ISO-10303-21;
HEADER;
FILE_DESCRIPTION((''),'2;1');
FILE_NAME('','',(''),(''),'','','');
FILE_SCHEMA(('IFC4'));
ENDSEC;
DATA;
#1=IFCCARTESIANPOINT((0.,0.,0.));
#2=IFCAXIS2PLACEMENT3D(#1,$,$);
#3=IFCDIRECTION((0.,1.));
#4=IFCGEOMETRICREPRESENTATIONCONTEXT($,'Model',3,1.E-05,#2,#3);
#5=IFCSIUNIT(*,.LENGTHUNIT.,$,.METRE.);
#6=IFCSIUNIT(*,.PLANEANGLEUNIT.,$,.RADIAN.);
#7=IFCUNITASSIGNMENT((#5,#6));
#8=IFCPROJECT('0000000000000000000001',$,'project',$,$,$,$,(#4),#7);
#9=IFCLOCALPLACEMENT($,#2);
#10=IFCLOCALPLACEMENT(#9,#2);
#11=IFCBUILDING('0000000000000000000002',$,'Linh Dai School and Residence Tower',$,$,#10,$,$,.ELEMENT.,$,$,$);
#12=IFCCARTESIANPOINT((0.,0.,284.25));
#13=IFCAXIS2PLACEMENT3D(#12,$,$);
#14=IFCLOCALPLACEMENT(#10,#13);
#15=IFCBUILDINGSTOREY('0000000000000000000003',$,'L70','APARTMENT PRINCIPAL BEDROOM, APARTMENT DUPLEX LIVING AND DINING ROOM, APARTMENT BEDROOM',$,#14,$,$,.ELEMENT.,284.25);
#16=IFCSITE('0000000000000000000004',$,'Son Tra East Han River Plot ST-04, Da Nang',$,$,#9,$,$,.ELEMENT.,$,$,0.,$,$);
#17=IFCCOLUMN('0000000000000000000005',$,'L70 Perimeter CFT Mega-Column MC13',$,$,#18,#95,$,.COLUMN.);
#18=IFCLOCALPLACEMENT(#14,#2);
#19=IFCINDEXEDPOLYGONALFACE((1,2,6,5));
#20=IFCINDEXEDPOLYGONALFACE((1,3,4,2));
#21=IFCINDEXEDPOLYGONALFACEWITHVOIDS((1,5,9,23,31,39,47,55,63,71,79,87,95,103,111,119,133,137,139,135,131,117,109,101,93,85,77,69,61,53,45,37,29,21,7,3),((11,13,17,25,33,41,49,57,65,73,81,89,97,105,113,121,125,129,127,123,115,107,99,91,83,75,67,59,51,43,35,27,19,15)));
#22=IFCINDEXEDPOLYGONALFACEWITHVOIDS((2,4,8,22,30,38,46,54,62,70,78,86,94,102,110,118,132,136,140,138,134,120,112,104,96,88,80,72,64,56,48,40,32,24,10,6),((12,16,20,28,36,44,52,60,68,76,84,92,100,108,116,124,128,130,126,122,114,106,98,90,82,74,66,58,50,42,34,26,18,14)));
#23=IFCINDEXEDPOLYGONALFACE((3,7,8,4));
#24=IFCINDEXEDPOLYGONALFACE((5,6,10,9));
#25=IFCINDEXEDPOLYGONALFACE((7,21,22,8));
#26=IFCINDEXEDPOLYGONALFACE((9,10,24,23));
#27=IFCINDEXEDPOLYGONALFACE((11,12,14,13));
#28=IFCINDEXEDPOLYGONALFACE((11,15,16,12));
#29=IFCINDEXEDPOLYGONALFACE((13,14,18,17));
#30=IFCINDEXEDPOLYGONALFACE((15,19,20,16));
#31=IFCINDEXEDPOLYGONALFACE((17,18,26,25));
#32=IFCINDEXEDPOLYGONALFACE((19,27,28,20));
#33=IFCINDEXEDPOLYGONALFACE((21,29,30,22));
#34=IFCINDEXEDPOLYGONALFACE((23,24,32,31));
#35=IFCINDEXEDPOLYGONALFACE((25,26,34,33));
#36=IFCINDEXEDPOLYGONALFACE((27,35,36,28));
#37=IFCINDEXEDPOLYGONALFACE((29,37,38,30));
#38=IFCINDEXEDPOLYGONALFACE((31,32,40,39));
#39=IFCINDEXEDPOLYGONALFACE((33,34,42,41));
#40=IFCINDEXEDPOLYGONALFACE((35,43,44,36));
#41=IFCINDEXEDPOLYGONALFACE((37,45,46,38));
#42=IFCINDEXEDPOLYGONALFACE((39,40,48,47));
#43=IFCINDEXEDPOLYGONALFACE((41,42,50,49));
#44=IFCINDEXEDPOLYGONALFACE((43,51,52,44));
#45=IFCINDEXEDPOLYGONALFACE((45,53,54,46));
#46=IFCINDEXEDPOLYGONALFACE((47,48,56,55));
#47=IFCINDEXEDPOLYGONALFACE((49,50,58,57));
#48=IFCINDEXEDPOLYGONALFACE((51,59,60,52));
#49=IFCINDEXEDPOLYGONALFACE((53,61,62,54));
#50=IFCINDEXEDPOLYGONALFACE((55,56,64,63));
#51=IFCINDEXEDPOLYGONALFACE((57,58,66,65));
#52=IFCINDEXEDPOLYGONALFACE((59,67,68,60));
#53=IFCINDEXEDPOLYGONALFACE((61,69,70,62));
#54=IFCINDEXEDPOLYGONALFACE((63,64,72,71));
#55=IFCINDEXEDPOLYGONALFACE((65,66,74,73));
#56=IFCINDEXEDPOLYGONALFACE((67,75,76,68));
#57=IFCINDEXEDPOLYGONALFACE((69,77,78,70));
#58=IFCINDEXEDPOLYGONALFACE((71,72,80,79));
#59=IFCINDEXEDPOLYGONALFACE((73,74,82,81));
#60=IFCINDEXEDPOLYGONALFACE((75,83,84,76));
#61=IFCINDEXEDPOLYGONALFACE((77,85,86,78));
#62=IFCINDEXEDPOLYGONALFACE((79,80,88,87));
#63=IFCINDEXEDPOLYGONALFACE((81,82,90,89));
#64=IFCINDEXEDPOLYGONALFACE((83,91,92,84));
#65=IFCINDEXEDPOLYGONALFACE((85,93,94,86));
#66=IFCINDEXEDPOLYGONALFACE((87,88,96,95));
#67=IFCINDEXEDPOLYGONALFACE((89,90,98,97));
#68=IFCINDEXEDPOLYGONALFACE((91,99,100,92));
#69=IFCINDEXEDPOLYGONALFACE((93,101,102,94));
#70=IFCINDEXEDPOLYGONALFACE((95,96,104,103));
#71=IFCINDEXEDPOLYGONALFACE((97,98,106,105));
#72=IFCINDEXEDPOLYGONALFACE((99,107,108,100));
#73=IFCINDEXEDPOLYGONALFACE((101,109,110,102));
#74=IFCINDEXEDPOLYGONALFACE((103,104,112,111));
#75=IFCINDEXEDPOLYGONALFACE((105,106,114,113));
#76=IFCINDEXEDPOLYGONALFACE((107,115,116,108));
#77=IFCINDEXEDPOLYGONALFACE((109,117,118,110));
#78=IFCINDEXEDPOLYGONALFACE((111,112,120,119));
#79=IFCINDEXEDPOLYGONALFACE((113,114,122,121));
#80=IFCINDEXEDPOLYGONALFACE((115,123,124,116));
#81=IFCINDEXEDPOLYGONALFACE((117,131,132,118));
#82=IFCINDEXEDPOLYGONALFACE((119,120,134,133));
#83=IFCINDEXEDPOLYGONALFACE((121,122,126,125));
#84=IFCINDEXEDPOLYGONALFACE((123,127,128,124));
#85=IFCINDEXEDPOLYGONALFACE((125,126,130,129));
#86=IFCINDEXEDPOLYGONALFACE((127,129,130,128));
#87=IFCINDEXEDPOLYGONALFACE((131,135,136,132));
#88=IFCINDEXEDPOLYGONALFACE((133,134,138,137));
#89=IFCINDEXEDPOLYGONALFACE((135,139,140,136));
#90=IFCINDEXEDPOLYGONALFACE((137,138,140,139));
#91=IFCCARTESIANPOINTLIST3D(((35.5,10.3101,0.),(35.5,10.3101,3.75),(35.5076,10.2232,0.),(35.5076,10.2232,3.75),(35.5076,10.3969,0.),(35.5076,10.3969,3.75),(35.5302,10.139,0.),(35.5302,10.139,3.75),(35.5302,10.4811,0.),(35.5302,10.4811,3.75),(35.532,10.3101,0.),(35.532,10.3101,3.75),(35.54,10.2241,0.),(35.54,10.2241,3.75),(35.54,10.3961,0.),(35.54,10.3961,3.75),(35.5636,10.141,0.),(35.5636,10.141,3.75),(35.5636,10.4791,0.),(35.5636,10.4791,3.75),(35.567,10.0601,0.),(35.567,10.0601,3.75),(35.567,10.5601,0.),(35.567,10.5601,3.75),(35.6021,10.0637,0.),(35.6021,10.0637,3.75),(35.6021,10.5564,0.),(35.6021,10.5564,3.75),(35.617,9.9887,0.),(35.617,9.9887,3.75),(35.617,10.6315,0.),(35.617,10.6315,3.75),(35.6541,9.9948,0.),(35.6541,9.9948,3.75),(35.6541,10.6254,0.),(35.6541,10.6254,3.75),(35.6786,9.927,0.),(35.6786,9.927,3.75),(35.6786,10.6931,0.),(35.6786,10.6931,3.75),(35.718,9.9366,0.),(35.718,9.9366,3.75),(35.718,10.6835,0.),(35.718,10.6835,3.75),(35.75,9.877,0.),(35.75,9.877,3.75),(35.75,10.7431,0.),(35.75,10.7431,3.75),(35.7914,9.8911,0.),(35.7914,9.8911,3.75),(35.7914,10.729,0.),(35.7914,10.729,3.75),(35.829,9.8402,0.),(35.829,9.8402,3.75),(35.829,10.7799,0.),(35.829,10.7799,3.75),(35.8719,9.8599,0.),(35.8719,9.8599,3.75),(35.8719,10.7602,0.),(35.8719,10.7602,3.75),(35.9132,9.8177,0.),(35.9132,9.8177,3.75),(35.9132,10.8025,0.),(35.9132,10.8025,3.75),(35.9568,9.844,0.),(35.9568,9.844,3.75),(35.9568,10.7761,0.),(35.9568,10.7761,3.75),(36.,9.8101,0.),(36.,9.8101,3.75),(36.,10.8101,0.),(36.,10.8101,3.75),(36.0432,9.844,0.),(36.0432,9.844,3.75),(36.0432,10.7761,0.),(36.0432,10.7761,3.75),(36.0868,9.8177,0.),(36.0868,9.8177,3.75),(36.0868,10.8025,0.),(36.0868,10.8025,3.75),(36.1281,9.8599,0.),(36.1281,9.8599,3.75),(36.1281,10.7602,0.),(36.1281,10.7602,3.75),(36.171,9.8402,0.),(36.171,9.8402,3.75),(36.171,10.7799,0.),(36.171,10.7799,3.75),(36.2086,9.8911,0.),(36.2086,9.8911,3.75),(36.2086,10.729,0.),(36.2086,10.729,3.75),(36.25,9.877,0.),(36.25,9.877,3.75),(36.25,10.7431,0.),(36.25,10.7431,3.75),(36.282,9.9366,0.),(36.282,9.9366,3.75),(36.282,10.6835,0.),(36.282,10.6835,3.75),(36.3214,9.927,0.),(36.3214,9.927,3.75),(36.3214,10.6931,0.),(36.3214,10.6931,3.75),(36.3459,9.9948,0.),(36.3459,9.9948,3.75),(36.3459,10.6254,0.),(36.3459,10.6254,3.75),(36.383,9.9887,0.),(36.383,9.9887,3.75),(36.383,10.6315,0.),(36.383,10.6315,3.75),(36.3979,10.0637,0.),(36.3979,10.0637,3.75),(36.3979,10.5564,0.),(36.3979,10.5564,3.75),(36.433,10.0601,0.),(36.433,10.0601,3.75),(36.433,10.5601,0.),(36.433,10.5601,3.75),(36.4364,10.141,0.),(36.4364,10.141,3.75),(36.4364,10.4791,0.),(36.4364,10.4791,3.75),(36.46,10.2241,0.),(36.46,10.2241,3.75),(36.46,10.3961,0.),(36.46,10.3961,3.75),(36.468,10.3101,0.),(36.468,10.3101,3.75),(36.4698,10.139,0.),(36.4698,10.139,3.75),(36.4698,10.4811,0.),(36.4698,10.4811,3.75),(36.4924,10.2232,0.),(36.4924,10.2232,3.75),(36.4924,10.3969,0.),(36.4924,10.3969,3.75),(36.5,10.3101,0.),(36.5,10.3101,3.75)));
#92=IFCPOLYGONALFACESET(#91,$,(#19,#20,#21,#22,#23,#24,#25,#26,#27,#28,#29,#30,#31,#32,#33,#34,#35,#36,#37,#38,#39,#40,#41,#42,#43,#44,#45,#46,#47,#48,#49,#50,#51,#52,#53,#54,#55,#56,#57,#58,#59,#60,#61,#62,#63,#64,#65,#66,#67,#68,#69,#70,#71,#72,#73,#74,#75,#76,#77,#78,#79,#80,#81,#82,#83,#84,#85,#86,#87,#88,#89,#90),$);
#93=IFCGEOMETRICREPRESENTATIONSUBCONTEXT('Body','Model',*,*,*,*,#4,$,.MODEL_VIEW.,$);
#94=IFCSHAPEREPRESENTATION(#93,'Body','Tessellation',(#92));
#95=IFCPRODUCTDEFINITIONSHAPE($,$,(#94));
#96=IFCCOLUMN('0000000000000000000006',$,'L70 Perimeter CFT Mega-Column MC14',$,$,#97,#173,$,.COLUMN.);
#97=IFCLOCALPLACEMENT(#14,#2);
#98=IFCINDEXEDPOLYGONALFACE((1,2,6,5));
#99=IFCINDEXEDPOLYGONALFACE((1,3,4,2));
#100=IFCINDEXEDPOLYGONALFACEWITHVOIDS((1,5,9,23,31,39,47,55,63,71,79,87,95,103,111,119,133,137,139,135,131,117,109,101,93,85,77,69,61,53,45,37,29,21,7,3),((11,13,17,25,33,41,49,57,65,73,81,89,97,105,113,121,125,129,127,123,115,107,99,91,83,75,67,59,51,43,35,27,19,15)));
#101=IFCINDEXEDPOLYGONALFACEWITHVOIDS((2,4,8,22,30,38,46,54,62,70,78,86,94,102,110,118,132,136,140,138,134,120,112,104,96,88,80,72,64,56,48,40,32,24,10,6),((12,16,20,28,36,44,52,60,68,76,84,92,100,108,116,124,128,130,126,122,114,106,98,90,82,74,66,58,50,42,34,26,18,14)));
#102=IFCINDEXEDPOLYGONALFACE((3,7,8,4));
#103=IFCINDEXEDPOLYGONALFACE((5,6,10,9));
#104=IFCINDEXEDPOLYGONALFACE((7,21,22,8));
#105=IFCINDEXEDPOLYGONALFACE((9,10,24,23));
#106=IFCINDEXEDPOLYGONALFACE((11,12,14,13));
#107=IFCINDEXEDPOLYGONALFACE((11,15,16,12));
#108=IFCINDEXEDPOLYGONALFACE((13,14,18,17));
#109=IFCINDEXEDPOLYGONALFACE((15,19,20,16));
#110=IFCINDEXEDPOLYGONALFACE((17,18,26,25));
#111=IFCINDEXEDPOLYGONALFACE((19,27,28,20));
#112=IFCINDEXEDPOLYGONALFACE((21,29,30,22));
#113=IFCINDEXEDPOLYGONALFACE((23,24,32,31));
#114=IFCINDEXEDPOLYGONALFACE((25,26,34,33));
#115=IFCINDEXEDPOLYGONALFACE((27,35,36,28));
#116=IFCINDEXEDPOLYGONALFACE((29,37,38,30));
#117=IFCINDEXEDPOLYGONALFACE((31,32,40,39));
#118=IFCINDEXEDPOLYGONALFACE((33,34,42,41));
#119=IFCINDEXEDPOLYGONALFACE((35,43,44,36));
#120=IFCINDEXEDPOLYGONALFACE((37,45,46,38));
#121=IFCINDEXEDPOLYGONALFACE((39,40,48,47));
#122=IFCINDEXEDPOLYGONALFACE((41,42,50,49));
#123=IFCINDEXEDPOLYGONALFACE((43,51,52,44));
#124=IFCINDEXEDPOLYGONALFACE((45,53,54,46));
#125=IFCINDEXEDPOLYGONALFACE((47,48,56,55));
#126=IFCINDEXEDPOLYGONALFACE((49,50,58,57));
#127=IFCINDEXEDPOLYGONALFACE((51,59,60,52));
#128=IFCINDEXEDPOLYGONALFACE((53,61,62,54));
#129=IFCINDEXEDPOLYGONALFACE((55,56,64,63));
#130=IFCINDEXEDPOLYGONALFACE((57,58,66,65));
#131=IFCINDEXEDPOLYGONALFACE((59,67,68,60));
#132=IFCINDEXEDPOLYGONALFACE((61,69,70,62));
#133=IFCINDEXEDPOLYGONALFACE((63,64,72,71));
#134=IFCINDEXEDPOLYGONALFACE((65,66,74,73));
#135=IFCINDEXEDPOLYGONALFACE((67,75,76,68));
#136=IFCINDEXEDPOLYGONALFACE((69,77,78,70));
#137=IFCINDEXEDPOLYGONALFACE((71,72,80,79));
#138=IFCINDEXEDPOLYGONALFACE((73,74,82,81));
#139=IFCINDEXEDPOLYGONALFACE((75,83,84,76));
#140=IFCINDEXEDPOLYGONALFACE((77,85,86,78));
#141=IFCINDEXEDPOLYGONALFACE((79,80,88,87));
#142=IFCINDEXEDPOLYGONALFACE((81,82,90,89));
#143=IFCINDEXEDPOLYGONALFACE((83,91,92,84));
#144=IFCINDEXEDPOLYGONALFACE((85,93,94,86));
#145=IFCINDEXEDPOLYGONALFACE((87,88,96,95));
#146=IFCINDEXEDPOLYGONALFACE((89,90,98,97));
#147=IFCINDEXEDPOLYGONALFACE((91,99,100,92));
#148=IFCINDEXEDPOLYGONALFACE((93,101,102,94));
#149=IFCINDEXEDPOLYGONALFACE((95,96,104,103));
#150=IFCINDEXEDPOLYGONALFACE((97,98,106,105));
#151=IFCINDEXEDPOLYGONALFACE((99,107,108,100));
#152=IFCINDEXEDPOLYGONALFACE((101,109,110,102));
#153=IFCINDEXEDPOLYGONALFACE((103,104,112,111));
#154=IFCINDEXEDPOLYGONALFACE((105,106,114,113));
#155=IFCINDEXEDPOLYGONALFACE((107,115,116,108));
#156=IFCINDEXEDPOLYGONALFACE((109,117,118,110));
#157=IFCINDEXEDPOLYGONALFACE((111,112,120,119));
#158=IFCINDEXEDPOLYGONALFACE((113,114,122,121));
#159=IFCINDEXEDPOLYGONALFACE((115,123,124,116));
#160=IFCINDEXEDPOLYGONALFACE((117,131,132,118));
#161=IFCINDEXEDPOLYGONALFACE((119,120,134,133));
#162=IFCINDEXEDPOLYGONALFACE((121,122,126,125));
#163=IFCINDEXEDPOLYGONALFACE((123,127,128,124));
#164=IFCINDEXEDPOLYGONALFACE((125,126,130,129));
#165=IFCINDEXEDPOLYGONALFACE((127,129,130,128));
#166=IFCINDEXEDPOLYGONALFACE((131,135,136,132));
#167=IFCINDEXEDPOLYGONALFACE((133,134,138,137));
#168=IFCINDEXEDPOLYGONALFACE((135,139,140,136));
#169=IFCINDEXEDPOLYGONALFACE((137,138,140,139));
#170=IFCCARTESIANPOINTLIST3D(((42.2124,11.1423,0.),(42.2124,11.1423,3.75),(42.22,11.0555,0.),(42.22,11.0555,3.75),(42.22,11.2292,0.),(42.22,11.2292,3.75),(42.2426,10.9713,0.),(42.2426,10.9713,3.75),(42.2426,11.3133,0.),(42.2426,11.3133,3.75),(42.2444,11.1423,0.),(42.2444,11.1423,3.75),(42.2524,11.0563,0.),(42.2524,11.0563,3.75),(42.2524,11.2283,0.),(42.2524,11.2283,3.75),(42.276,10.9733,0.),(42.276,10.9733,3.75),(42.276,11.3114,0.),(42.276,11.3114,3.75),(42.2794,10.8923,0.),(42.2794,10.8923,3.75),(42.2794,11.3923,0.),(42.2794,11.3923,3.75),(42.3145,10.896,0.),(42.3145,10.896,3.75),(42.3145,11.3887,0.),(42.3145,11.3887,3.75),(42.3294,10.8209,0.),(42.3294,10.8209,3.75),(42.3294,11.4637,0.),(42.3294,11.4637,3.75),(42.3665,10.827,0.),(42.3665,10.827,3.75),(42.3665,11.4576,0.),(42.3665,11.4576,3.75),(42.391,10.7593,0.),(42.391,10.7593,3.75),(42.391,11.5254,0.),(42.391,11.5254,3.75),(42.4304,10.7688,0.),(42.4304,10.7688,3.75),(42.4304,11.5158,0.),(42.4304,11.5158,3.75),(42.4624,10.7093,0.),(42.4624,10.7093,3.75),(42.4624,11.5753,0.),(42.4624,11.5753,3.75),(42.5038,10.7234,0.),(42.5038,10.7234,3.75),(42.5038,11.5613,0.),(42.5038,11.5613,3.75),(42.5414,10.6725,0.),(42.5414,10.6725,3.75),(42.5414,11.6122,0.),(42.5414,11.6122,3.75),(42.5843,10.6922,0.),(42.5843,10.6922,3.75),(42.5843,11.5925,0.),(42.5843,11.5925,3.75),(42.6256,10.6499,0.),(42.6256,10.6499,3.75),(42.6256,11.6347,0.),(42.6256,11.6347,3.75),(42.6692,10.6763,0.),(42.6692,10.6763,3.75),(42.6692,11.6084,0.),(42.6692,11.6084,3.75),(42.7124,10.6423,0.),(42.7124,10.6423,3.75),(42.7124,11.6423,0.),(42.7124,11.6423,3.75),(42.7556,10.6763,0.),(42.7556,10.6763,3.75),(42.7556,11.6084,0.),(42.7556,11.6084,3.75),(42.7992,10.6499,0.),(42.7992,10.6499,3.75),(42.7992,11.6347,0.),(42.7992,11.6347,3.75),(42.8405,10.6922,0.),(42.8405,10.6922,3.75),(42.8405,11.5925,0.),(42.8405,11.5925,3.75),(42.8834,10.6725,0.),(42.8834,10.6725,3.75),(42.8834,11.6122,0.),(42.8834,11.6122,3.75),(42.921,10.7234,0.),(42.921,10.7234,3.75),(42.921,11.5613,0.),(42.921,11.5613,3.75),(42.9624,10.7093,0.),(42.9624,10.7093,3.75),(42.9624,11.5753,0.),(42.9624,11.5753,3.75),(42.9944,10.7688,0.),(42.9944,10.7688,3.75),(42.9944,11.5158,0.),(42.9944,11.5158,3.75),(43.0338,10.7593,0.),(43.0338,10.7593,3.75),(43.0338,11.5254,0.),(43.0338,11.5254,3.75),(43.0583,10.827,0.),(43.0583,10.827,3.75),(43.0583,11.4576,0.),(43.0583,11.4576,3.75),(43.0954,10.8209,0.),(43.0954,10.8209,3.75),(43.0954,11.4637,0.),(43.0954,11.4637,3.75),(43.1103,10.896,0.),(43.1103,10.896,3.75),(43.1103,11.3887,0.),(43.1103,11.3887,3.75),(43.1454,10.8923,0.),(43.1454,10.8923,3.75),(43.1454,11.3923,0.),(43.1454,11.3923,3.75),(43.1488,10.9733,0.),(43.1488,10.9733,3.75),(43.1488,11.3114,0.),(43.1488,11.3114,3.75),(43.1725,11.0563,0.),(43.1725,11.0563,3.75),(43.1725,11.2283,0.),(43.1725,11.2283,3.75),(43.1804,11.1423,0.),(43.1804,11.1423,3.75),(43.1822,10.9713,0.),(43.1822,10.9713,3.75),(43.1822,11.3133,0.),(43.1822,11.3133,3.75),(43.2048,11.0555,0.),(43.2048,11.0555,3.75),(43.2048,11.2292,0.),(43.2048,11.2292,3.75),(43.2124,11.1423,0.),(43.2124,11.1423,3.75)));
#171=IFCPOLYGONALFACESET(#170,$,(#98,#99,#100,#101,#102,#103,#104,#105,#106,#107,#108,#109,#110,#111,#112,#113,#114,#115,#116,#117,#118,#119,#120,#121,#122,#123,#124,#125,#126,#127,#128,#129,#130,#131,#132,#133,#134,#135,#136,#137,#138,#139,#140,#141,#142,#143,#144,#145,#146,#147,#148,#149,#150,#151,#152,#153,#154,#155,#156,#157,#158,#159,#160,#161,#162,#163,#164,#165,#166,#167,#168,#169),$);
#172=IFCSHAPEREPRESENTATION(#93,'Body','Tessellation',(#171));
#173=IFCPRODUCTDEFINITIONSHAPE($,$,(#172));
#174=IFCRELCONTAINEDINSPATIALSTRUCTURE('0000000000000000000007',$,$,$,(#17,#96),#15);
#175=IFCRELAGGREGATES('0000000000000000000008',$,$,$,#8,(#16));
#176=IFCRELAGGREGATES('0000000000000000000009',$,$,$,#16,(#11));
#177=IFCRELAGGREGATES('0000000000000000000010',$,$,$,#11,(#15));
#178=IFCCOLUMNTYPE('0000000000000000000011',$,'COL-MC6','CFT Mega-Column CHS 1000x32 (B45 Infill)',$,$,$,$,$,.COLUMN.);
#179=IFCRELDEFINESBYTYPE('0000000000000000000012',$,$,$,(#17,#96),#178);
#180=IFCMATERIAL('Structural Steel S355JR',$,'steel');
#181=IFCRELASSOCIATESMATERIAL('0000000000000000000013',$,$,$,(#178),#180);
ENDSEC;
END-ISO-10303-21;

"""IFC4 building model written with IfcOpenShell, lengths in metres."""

from ifc_helpers import new_model, si_unit, direction, frame, origin, origin_2d, place, context, subcontext, project, spatial, hollow_circle, extrude, material, material_profile, profile_set, type_object, element, save


model = new_model("IFC4")

# Units and contexts
model_context = context("Model", 3, precision=1e-05, world=origin(), true_north=direction((0.0, 1.0)))
body_context = subcontext(model_context, "Body", "Model", "MODEL_VIEW")
ifc_project = project(units=[si_unit("LENGTHUNIT", "METRE"), si_unit("PLANEANGLEUNIT", "RADIAN")], contexts=[model_context])

# Site, building, storey
site_placement = place(None, origin())
site = spatial("IfcSite", under=ifc_project, at=site_placement, Name="Son Tra East Han River Plot ST-04, Da Nang", CompositionType="ELEMENT", RefElevation=0.0)
building_placement = place(site_placement, origin())
building = spatial("IfcBuilding", under=site, at=building_placement, Name="Linh Dai School and Residence Tower", CompositionType="ELEMENT")
storey_placement = place(building_placement, frame((0.0, 0.0, 284.25)))
storey = spatial("IfcBuildingStorey", under=building, at=storey_placement, Name="L70", Description="APARTMENT PRINCIPAL BEDROOM, APARTMENT DUPLEX LIVING AND DINING ROOM, APARTMENT BEDROOM", CompositionType="ELEMENT", Elevation=284.25)

# Columns
ifc_material_1 = material(Name="Structural Steel S355JR", Category="steel")
ifc_material_profile_1 = material_profile(ifc_material_1, hollow_circle(Radius=0.5, WallThickness=0.032, at=origin_2d()), Name="CHS 1000x32")
ifc_profile_set_1 = profile_set([ifc_material_profile_1], Name="Structural Steel S355JR")
column_type = type_object("IfcColumnType", Name="COL-MC6", Description="CFT Mega-Column CHS 1000x32 (B45 Infill)", PredefinedType="COLUMN", material=ifc_profile_set_1)
for number, where, z_axis, x_axis, name in (
    (1, (36.0, 10.3101, 0.0), (0.0, 0.0, 1.0), (1.0, 0.0, 0.0), "L70 Perimeter CFT Mega-Column MC13"),
    (2, (42.7124, 11.1423, 0.0), (0.0, 0.0, 1.0), (1.0, 0.0, 0.0), "L70 Perimeter CFT Mega-Column MC14"),
):
    element("IfcColumn", number, at=place(storey_placement, frame(where, z_axis=z_axis, x_axis=x_axis)), inside=storey, type_object=column_type, Name=name, PredefinedType="COLUMN", context=body_context, shape_type="SweptSolid", body=[
        extrude(hollow_circle(Radius=0.5, WallThickness=0.032, at=origin_2d()), origin(), (0.0, 0.0, 1.0), 3.75),
    ])

save(model, "model.ifc")
